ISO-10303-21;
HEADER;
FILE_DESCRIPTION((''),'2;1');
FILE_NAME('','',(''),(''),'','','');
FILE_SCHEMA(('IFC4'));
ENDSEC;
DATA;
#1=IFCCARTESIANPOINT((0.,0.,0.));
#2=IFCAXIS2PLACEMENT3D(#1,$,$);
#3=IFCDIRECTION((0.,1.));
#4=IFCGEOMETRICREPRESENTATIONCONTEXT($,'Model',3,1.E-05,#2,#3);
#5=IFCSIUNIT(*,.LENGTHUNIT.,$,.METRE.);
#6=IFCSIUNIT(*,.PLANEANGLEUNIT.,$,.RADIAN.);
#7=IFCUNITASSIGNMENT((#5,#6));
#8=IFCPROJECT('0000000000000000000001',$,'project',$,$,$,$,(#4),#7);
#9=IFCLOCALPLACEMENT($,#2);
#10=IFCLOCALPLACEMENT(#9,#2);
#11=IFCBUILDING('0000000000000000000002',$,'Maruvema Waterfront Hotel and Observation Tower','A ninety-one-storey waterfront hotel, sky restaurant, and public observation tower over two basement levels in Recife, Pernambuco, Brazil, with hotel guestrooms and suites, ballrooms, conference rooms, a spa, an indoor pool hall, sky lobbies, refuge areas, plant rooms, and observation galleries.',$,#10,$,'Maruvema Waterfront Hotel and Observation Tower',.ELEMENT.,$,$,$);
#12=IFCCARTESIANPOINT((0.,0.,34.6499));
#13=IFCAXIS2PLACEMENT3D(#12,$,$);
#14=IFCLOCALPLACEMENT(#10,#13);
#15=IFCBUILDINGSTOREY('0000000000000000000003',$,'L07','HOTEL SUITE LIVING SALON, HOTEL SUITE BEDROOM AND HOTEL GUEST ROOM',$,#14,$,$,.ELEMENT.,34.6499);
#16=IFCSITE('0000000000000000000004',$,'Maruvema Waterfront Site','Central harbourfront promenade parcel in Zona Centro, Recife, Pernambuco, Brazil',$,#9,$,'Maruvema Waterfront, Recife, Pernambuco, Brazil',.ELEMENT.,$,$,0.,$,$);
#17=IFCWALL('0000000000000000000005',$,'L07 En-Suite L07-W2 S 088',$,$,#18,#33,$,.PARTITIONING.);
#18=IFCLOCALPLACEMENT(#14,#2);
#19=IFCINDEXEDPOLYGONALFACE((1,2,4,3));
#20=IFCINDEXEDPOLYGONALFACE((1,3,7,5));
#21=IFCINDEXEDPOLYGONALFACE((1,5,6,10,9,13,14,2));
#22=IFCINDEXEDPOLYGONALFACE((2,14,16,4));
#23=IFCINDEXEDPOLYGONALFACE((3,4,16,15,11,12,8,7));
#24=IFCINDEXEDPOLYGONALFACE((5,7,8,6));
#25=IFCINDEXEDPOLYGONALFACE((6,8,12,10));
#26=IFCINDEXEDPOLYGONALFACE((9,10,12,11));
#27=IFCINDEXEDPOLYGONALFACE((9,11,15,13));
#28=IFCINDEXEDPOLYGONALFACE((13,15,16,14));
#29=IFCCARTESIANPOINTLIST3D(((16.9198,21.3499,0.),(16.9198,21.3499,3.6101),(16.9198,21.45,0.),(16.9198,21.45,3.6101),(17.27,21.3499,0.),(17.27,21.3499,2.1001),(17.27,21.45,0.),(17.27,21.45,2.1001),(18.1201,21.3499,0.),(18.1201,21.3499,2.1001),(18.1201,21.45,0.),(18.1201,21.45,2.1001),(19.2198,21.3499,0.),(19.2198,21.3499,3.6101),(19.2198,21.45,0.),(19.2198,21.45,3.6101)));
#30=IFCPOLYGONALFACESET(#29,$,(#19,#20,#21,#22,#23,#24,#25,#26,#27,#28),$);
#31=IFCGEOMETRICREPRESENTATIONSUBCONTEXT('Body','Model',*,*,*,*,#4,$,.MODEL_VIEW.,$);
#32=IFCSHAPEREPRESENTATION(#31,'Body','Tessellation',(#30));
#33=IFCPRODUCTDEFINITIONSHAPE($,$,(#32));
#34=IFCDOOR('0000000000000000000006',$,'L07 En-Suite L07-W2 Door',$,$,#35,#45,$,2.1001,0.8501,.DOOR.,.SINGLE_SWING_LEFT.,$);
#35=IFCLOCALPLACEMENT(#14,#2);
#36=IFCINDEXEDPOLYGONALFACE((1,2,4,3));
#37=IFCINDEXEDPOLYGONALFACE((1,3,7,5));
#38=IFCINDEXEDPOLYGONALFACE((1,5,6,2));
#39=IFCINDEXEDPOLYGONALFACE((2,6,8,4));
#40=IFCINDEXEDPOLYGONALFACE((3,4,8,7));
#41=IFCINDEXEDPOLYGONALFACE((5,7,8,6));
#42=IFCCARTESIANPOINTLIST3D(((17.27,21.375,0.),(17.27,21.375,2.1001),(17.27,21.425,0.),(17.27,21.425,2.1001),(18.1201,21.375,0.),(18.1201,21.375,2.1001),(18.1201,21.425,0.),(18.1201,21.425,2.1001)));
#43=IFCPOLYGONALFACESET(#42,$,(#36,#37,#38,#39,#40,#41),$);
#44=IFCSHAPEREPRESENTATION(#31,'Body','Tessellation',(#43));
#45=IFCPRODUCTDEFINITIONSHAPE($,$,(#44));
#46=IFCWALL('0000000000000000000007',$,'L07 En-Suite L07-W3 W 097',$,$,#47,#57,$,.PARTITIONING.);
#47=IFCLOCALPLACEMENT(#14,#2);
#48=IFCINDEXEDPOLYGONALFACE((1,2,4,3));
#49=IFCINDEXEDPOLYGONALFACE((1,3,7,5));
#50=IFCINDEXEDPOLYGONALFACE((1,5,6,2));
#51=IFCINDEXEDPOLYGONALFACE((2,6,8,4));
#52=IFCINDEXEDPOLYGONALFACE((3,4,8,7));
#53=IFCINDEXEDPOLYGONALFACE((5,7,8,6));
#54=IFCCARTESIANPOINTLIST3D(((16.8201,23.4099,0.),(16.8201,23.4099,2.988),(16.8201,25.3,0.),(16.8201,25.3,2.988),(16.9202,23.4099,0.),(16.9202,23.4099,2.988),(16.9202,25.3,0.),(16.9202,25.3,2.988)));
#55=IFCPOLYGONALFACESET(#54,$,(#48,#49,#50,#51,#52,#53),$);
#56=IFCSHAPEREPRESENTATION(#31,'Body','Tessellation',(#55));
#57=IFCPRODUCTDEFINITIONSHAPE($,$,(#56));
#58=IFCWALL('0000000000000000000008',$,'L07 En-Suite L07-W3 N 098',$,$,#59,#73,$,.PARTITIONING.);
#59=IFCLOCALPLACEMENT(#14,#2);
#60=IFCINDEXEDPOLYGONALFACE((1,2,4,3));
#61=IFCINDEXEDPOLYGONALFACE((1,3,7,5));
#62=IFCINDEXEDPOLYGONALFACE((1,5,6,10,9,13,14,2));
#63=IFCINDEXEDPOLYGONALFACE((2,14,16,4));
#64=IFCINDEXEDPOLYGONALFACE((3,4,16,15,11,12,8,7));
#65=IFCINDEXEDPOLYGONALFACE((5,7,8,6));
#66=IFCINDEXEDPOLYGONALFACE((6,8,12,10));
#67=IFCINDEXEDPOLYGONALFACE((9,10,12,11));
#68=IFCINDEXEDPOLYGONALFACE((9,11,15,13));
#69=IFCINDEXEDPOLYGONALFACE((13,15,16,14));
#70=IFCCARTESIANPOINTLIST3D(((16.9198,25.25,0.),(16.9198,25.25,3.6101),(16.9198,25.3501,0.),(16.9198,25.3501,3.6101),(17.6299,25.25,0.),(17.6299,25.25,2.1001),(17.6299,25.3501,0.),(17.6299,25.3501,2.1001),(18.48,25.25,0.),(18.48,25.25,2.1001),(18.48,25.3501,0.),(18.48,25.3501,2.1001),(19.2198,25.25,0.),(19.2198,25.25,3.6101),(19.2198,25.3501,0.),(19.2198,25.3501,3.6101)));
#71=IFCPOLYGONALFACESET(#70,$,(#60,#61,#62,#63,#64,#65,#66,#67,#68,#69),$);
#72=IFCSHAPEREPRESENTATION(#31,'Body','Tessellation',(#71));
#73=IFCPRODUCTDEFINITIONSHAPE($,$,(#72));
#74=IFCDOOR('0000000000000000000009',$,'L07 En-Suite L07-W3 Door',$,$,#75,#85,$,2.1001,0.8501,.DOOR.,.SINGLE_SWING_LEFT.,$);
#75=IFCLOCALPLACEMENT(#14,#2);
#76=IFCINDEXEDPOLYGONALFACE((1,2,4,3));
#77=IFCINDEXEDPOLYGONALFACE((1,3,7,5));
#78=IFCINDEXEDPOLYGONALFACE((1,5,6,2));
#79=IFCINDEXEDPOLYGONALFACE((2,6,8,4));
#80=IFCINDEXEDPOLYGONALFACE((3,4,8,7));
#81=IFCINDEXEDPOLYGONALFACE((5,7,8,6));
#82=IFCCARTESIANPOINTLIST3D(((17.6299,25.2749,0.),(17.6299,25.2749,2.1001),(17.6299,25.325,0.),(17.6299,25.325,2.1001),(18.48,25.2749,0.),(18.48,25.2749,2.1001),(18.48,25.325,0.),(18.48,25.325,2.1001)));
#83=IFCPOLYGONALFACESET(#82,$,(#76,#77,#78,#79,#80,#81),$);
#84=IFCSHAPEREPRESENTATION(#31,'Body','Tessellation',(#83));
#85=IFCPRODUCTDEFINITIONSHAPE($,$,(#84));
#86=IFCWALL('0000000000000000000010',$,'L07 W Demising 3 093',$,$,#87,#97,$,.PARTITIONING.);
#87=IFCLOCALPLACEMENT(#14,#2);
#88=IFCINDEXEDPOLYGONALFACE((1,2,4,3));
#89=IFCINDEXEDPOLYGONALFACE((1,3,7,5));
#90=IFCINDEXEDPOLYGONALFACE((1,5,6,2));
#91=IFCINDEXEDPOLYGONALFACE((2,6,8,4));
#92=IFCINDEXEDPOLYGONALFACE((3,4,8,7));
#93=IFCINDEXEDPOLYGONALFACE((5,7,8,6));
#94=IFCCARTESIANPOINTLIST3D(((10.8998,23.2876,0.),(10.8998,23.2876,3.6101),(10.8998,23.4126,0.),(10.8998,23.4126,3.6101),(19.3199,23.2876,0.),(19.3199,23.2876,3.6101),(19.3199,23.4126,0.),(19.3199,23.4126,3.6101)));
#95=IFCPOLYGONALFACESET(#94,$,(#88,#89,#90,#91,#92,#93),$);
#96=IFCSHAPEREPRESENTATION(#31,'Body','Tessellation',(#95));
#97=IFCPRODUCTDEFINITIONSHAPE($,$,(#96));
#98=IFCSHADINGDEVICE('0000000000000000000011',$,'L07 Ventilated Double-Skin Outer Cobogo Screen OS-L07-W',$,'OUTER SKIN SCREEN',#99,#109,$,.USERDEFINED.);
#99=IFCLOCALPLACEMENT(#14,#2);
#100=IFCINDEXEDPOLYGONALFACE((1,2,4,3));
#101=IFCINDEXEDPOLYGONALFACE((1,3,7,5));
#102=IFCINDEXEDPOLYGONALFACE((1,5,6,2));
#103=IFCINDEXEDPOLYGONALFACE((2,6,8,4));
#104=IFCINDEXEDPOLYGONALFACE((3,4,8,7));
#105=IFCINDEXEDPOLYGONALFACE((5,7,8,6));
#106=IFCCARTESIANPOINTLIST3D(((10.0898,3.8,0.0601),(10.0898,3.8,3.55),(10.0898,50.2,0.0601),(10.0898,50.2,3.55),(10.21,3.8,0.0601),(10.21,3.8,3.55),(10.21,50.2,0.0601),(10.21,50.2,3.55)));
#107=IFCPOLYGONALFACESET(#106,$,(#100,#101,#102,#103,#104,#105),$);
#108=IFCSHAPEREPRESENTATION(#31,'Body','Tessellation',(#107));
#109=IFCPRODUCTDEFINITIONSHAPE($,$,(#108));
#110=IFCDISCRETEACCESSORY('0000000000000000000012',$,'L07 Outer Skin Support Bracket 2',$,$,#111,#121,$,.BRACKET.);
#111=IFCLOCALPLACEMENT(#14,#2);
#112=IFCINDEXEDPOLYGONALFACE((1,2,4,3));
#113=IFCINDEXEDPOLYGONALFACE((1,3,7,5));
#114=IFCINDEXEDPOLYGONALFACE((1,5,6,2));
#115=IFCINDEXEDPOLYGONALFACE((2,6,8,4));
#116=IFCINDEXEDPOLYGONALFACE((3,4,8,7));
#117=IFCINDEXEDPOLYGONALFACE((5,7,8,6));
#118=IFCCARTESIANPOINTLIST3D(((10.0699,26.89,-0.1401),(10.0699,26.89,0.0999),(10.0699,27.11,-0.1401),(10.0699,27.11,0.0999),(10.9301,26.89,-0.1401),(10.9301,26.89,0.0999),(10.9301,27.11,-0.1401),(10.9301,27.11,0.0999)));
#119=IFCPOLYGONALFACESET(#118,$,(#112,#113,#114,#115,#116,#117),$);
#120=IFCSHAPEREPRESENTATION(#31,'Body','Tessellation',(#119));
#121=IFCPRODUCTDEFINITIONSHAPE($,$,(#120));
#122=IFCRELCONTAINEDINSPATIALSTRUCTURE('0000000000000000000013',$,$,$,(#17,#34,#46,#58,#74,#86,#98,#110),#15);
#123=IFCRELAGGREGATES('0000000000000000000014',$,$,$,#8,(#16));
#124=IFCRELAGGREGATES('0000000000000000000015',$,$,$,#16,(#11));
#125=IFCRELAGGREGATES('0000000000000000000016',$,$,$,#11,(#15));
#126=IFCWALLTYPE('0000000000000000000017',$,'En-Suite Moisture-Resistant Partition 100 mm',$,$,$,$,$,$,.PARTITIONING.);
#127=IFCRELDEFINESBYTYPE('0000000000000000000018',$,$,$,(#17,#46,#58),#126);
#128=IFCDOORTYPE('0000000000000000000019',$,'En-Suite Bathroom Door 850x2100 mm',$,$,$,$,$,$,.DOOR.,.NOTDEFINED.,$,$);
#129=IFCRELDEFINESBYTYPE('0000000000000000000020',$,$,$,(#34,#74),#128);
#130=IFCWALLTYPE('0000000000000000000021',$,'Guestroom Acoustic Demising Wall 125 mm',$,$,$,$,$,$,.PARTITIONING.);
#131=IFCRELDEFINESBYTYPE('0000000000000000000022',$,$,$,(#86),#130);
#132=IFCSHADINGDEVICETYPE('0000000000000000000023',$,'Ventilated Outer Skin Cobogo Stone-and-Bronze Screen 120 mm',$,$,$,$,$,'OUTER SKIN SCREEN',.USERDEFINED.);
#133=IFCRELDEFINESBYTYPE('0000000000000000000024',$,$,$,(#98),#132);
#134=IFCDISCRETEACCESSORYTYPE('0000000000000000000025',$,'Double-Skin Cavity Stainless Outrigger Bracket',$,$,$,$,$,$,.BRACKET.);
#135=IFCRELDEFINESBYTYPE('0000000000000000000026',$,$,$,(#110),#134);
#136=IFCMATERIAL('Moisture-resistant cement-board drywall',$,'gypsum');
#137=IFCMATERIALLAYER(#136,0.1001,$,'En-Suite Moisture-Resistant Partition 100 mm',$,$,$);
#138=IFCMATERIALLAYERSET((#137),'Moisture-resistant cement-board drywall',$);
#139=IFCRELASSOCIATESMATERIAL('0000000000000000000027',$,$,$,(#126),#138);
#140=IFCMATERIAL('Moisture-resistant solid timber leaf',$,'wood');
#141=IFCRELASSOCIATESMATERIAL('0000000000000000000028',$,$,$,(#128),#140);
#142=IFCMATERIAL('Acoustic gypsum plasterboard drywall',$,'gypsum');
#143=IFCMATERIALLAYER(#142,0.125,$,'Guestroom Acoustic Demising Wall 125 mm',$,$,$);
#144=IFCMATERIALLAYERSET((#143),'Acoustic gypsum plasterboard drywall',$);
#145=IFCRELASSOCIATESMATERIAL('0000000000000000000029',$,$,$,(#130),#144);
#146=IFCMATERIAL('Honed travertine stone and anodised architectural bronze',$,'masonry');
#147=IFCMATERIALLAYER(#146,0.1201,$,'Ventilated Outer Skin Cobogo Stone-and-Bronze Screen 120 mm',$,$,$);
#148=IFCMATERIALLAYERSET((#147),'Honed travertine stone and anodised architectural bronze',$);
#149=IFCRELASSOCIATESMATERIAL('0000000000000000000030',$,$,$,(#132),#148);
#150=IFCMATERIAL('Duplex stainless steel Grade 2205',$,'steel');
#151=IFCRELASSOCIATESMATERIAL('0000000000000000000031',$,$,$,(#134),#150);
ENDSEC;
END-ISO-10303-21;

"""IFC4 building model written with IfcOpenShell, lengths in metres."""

from ifc_helpers import new_model, si_unit, direction, frame, frame_2d, origin, origin_2d, place, context, subcontext, project, spatial, rectangle, extrude, material, layer, layer_set, type_object, element, fill, save


model = new_model("IFC4")

# Units and contexts
model_context = context("Model", 3, precision=1e-05, world=origin(), true_north=direction((0.0, 1.0)))
body_context = subcontext(model_context, "Body", "Model", "MODEL_VIEW")
ifc_project = project(units=[si_unit("LENGTHUNIT", "METRE"), si_unit("PLANEANGLEUNIT", "RADIAN")], contexts=[model_context])

# Site, building, storey
site_placement = place(None, origin())
site = spatial("IfcSite", under=ifc_project, at=site_placement, Name="Maruvema Waterfront Site", Description="Central harbourfront promenade parcel in Zona Centro, Recife, Pernambuco, Brazil", LongName="Maruvema Waterfront, Recife, Pernambuco, Brazil", CompositionType="ELEMENT", RefElevation=0.0)
building_placement = place(site_placement, origin())
building = spatial("IfcBuilding", under=site, at=building_placement, Name="Maruvema Waterfront Hotel and Observation Tower", Description="A ninety-one-storey waterfront hotel, sky restaurant, and public observation tower over two basement levels in Recife, Pernambuco, Brazil, with hotel guestrooms and suites, ballrooms, conference rooms, a spa, an indoor pool hall, sky lobbies, refuge areas, plant rooms, and observation galleries.", LongName="Maruvema Waterfront Hotel and Observation Tower", CompositionType="ELEMENT")
storey_placement = place(building_placement, frame((0.0, 0.0, 34.6499)))
storey = spatial("IfcBuildingStorey", under=building, at=storey_placement, Name="L07", Description="HOTEL SUITE LIVING SALON, HOTEL SUITE BEDROOM AND HOTEL GUEST ROOM", CompositionType="ELEMENT", Elevation=34.6499)

# Wall, opening, door
ifc_material_1 = material(Name="Moisture-resistant cement-board drywall", Category="gypsum")
ifc_layer_1 = layer(ifc_material_1, 0.1001, Name="En-Suite Moisture-Resistant Partition 100 mm")
ifc_layer_set_1 = layer_set([ifc_layer_1], Name="Moisture-resistant cement-board drywall")
wall_type_1 = type_object("IfcWallType", Name="En-Suite Moisture-Resistant Partition 100 mm", PredefinedType="PARTITIONING", material=ifc_layer_set_1)
wall_1_placement = place(storey_placement, frame((16.9199, 21.3999, 0.0), z_axis=(0.0, 0.0, 1.0), x_axis=(1.0, 0.0, 0.0)))
wall_1 = element("IfcWall", 1, at=wall_1_placement, inside=storey, type_object=wall_type_1, Name="L07 En-Suite L07-W2 S 088", PredefinedType="PARTITIONING", context=body_context, shape_type="SweptSolid", body=[
    extrude(rectangle(XDim=2.3, YDim=0.1001, at=frame_2d((1.1499, 0.0))), origin(), (0.0, 0.0, 1.0), 3.6101),
])
opening_1_placement = place(wall_1_placement, frame((0.3501, 0.0, 0.0)))
opening_1 = element("IfcOpeningElement", 2, at=opening_1_placement, cuts=wall_1, PredefinedType="OPENING", context=body_context, shape_type="SweptSolid", body=[
    extrude(rectangle(XDim=0.8501, YDim=2.1001, at=frame_2d((0.425, 1.05))), frame((0.0, 0.0601, 0.0), z_axis=(0.0, -1.0, 0.0), x_axis=(1.0, 0.0, 0.0)), (0.0, 0.0, 1.0), 0.1201),
])
ifc_material_2 = material(Name="Moisture-resistant solid timber leaf", Category="wood")
door_type_1 = type_object("IfcDoorType", Name="En-Suite Bathroom Door 850x2100 mm", OperationType="NOTDEFINED", PredefinedType="DOOR", material=ifc_material_2)
door_1_placement = place(opening_1_placement, frame((0.8501, 0.0, 0.0), z_axis=(0.0, 0.0, 1.0), x_axis=(-1.0, 0.0, 0.0)))
door_1 = element("IfcDoor", 3, at=door_1_placement, inside=storey, type_object=door_type_1, Name="L07 En-Suite L07-W2 Door", OperationType="SINGLE_SWING_LEFT", OverallHeight=2.1001, OverallWidth=0.8501, PredefinedType="DOOR", context=body_context, shape_type="SweptSolid", body=[
    extrude(rectangle(XDim=0.8501, YDim=2.1001, at=frame_2d((0.425, 1.05))), frame((0.0, 0.0249, 0.0), z_axis=(0.0, -1.0, 0.0), x_axis=(1.0, 0.0, 0.0)), (0.0, 0.0, 1.0), 0.05),
])
fill(opening_1, door_1)

# Wall
wall_2_placement = place(storey_placement, frame((16.8701, 23.4099, 0.0), z_axis=(0.0, 0.0, 1.0), x_axis=(0.0, 1.0, 0.0)))
element("IfcWall", 4, at=wall_2_placement, inside=storey, type_object=wall_type_1, Name="L07 En-Suite L07-W3 W 097", PredefinedType="PARTITIONING", context=body_context, shape_type="SweptSolid", body=[
    extrude(rectangle(XDim=1.8901, YDim=0.1001, at=frame_2d((0.9451, 0.0))), origin(), (0.0, 0.0, 1.0), 2.988),
])

# Wall, opening, door
wall_3_placement = place(storey_placement, frame((16.9199, 25.3, 0.0), z_axis=(0.0, 0.0, 1.0), x_axis=(1.0, 0.0, 0.0)))
wall_3 = element("IfcWall", 5, at=wall_3_placement, inside=storey, type_object=wall_type_1, Name="L07 En-Suite L07-W3 N 098", PredefinedType="PARTITIONING", context=body_context, shape_type="SweptSolid", body=[
    extrude(rectangle(XDim=2.3, YDim=0.1001, at=frame_2d((1.1499, 0.0))), origin(), (0.0, 0.0, 1.0), 3.6101),
])
opening_2_placement = place(wall_3_placement, frame((0.71, 0.0, 0.0)))
opening_2 = element("IfcOpeningElement", 6, at=opening_2_placement, cuts=wall_3, PredefinedType="OPENING", context=body_context, shape_type="SweptSolid", body=[
    extrude(rectangle(XDim=0.8501, YDim=2.1001, at=frame_2d((0.425, 1.05))), frame((0.0, 0.0601, 0.0), z_axis=(0.0, -1.0, 0.0), x_axis=(1.0, 0.0, 0.0)), (0.0, 0.0, 1.0), 0.1201),
])
door_2_placement = place(opening_2_placement, origin())
door_2 = element("IfcDoor", 7, at=door_2_placement, inside=storey, type_object=door_type_1, Name="L07 En-Suite L07-W3 Door", OperationType="SINGLE_SWING_LEFT", OverallHeight=2.1001, OverallWidth=0.8501, PredefinedType="DOOR", context=body_context, shape_type="SweptSolid", body=[
    extrude(rectangle(XDim=0.8501, YDim=2.1001, at=frame_2d((0.425, 1.05))), frame((0.0, 0.0249, 0.0), z_axis=(0.0, -1.0, 0.0), x_axis=(1.0, 0.0, 0.0)), (0.0, 0.0, 1.0), 0.05),
])
fill(opening_2, door_2)

# Wall
ifc_material_3 = material(Name="Acoustic gypsum plasterboard drywall", Category="gypsum")
ifc_layer_2 = layer(ifc_material_3, 0.125, Name="Guestroom Acoustic Demising Wall 125 mm")
ifc_layer_set_2 = layer_set([ifc_layer_2], Name="Acoustic gypsum plasterboard drywall")
wall_type_2 = type_object("IfcWallType", Name="Guestroom Acoustic Demising Wall 125 mm", PredefinedType="PARTITIONING", material=ifc_layer_set_2)
wall_4_placement = place(storey_placement, frame((10.8999, 23.3501, 0.0), z_axis=(0.0, 0.0, 1.0), x_axis=(1.0, 0.0, 0.0)))
element("IfcWall", 8, at=wall_4_placement, inside=storey, type_object=wall_type_2, Name="L07 W Demising 3 093", PredefinedType="PARTITIONING", context=body_context, shape_type="SweptSolid", body=[
    extrude(rectangle(XDim=8.4202, YDim=0.125, at=frame_2d((4.21, 0.0))), origin(), (0.0, 0.0, 1.0), 3.6101),
])

# Shading device
ifc_material_4 = material(Name="Honed travertine stone and anodised architectural bronze", Category="masonry")
ifc_layer_3 = layer(ifc_material_4, 0.1201, Name="Ventilated Outer Skin Cobogo Stone-and-Bronze Screen 120 mm")
ifc_layer_set_3 = layer_set([ifc_layer_3], Name="Honed travertine stone and anodised architectural bronze")
shading_device_type = type_object("IfcShadingDeviceType", Name="Ventilated Outer Skin Cobogo Stone-and-Bronze Screen 120 mm", ElementType="OUTER SKIN SCREEN", PredefinedType="USERDEFINED", material=ifc_layer_set_3)
shading_device_placement = place(storey_placement, frame((10.1499, 27.0, 0.0601), z_axis=(0.0, 0.0, 1.0), x_axis=(0.0, -1.0, 0.0)))
element("IfcShadingDevice", 9, at=shading_device_placement, inside=storey, type_object=shading_device_type, Name="L07 Ventilated Double-Skin Outer Cobogo Screen OS-L07-W", ObjectType="OUTER SKIN SCREEN", PredefinedType="USERDEFINED", context=body_context, shape_type="SweptSolid", body=[
    extrude(rectangle(XDim=46.3999, YDim=0.1201, at=origin_2d()), origin(), (0.0, 0.0, 1.0), 3.49),
])

# Discrete accessory
ifc_material_5 = material(Name="Duplex stainless steel Grade 2205", Category="steel")
discrete_accessory_type = type_object("IfcDiscreteAccessoryType", Name="Double-Skin Cavity Stainless Outrigger Bracket", PredefinedType="BRACKET", material=ifc_material_5)
discrete_accessory_placement = place(storey_placement, frame((10.5, 27.0, -0.1401), z_axis=(0.0, 0.0, 1.0), x_axis=(0.0, -1.0, 0.0)))
element("IfcDiscreteAccessory", 10, at=discrete_accessory_placement, inside=storey, type_object=discrete_accessory_type, Name="L07 Outer Skin Support Bracket 2", PredefinedType="BRACKET", context=body_context, shape_type="SweptSolid", body=[
    extrude(rectangle(XDim=0.22, YDim=0.8601, at=origin_2d()), origin(), (0.0, 0.0, 1.0), 0.24),
])

save(model, "model.ifc")
